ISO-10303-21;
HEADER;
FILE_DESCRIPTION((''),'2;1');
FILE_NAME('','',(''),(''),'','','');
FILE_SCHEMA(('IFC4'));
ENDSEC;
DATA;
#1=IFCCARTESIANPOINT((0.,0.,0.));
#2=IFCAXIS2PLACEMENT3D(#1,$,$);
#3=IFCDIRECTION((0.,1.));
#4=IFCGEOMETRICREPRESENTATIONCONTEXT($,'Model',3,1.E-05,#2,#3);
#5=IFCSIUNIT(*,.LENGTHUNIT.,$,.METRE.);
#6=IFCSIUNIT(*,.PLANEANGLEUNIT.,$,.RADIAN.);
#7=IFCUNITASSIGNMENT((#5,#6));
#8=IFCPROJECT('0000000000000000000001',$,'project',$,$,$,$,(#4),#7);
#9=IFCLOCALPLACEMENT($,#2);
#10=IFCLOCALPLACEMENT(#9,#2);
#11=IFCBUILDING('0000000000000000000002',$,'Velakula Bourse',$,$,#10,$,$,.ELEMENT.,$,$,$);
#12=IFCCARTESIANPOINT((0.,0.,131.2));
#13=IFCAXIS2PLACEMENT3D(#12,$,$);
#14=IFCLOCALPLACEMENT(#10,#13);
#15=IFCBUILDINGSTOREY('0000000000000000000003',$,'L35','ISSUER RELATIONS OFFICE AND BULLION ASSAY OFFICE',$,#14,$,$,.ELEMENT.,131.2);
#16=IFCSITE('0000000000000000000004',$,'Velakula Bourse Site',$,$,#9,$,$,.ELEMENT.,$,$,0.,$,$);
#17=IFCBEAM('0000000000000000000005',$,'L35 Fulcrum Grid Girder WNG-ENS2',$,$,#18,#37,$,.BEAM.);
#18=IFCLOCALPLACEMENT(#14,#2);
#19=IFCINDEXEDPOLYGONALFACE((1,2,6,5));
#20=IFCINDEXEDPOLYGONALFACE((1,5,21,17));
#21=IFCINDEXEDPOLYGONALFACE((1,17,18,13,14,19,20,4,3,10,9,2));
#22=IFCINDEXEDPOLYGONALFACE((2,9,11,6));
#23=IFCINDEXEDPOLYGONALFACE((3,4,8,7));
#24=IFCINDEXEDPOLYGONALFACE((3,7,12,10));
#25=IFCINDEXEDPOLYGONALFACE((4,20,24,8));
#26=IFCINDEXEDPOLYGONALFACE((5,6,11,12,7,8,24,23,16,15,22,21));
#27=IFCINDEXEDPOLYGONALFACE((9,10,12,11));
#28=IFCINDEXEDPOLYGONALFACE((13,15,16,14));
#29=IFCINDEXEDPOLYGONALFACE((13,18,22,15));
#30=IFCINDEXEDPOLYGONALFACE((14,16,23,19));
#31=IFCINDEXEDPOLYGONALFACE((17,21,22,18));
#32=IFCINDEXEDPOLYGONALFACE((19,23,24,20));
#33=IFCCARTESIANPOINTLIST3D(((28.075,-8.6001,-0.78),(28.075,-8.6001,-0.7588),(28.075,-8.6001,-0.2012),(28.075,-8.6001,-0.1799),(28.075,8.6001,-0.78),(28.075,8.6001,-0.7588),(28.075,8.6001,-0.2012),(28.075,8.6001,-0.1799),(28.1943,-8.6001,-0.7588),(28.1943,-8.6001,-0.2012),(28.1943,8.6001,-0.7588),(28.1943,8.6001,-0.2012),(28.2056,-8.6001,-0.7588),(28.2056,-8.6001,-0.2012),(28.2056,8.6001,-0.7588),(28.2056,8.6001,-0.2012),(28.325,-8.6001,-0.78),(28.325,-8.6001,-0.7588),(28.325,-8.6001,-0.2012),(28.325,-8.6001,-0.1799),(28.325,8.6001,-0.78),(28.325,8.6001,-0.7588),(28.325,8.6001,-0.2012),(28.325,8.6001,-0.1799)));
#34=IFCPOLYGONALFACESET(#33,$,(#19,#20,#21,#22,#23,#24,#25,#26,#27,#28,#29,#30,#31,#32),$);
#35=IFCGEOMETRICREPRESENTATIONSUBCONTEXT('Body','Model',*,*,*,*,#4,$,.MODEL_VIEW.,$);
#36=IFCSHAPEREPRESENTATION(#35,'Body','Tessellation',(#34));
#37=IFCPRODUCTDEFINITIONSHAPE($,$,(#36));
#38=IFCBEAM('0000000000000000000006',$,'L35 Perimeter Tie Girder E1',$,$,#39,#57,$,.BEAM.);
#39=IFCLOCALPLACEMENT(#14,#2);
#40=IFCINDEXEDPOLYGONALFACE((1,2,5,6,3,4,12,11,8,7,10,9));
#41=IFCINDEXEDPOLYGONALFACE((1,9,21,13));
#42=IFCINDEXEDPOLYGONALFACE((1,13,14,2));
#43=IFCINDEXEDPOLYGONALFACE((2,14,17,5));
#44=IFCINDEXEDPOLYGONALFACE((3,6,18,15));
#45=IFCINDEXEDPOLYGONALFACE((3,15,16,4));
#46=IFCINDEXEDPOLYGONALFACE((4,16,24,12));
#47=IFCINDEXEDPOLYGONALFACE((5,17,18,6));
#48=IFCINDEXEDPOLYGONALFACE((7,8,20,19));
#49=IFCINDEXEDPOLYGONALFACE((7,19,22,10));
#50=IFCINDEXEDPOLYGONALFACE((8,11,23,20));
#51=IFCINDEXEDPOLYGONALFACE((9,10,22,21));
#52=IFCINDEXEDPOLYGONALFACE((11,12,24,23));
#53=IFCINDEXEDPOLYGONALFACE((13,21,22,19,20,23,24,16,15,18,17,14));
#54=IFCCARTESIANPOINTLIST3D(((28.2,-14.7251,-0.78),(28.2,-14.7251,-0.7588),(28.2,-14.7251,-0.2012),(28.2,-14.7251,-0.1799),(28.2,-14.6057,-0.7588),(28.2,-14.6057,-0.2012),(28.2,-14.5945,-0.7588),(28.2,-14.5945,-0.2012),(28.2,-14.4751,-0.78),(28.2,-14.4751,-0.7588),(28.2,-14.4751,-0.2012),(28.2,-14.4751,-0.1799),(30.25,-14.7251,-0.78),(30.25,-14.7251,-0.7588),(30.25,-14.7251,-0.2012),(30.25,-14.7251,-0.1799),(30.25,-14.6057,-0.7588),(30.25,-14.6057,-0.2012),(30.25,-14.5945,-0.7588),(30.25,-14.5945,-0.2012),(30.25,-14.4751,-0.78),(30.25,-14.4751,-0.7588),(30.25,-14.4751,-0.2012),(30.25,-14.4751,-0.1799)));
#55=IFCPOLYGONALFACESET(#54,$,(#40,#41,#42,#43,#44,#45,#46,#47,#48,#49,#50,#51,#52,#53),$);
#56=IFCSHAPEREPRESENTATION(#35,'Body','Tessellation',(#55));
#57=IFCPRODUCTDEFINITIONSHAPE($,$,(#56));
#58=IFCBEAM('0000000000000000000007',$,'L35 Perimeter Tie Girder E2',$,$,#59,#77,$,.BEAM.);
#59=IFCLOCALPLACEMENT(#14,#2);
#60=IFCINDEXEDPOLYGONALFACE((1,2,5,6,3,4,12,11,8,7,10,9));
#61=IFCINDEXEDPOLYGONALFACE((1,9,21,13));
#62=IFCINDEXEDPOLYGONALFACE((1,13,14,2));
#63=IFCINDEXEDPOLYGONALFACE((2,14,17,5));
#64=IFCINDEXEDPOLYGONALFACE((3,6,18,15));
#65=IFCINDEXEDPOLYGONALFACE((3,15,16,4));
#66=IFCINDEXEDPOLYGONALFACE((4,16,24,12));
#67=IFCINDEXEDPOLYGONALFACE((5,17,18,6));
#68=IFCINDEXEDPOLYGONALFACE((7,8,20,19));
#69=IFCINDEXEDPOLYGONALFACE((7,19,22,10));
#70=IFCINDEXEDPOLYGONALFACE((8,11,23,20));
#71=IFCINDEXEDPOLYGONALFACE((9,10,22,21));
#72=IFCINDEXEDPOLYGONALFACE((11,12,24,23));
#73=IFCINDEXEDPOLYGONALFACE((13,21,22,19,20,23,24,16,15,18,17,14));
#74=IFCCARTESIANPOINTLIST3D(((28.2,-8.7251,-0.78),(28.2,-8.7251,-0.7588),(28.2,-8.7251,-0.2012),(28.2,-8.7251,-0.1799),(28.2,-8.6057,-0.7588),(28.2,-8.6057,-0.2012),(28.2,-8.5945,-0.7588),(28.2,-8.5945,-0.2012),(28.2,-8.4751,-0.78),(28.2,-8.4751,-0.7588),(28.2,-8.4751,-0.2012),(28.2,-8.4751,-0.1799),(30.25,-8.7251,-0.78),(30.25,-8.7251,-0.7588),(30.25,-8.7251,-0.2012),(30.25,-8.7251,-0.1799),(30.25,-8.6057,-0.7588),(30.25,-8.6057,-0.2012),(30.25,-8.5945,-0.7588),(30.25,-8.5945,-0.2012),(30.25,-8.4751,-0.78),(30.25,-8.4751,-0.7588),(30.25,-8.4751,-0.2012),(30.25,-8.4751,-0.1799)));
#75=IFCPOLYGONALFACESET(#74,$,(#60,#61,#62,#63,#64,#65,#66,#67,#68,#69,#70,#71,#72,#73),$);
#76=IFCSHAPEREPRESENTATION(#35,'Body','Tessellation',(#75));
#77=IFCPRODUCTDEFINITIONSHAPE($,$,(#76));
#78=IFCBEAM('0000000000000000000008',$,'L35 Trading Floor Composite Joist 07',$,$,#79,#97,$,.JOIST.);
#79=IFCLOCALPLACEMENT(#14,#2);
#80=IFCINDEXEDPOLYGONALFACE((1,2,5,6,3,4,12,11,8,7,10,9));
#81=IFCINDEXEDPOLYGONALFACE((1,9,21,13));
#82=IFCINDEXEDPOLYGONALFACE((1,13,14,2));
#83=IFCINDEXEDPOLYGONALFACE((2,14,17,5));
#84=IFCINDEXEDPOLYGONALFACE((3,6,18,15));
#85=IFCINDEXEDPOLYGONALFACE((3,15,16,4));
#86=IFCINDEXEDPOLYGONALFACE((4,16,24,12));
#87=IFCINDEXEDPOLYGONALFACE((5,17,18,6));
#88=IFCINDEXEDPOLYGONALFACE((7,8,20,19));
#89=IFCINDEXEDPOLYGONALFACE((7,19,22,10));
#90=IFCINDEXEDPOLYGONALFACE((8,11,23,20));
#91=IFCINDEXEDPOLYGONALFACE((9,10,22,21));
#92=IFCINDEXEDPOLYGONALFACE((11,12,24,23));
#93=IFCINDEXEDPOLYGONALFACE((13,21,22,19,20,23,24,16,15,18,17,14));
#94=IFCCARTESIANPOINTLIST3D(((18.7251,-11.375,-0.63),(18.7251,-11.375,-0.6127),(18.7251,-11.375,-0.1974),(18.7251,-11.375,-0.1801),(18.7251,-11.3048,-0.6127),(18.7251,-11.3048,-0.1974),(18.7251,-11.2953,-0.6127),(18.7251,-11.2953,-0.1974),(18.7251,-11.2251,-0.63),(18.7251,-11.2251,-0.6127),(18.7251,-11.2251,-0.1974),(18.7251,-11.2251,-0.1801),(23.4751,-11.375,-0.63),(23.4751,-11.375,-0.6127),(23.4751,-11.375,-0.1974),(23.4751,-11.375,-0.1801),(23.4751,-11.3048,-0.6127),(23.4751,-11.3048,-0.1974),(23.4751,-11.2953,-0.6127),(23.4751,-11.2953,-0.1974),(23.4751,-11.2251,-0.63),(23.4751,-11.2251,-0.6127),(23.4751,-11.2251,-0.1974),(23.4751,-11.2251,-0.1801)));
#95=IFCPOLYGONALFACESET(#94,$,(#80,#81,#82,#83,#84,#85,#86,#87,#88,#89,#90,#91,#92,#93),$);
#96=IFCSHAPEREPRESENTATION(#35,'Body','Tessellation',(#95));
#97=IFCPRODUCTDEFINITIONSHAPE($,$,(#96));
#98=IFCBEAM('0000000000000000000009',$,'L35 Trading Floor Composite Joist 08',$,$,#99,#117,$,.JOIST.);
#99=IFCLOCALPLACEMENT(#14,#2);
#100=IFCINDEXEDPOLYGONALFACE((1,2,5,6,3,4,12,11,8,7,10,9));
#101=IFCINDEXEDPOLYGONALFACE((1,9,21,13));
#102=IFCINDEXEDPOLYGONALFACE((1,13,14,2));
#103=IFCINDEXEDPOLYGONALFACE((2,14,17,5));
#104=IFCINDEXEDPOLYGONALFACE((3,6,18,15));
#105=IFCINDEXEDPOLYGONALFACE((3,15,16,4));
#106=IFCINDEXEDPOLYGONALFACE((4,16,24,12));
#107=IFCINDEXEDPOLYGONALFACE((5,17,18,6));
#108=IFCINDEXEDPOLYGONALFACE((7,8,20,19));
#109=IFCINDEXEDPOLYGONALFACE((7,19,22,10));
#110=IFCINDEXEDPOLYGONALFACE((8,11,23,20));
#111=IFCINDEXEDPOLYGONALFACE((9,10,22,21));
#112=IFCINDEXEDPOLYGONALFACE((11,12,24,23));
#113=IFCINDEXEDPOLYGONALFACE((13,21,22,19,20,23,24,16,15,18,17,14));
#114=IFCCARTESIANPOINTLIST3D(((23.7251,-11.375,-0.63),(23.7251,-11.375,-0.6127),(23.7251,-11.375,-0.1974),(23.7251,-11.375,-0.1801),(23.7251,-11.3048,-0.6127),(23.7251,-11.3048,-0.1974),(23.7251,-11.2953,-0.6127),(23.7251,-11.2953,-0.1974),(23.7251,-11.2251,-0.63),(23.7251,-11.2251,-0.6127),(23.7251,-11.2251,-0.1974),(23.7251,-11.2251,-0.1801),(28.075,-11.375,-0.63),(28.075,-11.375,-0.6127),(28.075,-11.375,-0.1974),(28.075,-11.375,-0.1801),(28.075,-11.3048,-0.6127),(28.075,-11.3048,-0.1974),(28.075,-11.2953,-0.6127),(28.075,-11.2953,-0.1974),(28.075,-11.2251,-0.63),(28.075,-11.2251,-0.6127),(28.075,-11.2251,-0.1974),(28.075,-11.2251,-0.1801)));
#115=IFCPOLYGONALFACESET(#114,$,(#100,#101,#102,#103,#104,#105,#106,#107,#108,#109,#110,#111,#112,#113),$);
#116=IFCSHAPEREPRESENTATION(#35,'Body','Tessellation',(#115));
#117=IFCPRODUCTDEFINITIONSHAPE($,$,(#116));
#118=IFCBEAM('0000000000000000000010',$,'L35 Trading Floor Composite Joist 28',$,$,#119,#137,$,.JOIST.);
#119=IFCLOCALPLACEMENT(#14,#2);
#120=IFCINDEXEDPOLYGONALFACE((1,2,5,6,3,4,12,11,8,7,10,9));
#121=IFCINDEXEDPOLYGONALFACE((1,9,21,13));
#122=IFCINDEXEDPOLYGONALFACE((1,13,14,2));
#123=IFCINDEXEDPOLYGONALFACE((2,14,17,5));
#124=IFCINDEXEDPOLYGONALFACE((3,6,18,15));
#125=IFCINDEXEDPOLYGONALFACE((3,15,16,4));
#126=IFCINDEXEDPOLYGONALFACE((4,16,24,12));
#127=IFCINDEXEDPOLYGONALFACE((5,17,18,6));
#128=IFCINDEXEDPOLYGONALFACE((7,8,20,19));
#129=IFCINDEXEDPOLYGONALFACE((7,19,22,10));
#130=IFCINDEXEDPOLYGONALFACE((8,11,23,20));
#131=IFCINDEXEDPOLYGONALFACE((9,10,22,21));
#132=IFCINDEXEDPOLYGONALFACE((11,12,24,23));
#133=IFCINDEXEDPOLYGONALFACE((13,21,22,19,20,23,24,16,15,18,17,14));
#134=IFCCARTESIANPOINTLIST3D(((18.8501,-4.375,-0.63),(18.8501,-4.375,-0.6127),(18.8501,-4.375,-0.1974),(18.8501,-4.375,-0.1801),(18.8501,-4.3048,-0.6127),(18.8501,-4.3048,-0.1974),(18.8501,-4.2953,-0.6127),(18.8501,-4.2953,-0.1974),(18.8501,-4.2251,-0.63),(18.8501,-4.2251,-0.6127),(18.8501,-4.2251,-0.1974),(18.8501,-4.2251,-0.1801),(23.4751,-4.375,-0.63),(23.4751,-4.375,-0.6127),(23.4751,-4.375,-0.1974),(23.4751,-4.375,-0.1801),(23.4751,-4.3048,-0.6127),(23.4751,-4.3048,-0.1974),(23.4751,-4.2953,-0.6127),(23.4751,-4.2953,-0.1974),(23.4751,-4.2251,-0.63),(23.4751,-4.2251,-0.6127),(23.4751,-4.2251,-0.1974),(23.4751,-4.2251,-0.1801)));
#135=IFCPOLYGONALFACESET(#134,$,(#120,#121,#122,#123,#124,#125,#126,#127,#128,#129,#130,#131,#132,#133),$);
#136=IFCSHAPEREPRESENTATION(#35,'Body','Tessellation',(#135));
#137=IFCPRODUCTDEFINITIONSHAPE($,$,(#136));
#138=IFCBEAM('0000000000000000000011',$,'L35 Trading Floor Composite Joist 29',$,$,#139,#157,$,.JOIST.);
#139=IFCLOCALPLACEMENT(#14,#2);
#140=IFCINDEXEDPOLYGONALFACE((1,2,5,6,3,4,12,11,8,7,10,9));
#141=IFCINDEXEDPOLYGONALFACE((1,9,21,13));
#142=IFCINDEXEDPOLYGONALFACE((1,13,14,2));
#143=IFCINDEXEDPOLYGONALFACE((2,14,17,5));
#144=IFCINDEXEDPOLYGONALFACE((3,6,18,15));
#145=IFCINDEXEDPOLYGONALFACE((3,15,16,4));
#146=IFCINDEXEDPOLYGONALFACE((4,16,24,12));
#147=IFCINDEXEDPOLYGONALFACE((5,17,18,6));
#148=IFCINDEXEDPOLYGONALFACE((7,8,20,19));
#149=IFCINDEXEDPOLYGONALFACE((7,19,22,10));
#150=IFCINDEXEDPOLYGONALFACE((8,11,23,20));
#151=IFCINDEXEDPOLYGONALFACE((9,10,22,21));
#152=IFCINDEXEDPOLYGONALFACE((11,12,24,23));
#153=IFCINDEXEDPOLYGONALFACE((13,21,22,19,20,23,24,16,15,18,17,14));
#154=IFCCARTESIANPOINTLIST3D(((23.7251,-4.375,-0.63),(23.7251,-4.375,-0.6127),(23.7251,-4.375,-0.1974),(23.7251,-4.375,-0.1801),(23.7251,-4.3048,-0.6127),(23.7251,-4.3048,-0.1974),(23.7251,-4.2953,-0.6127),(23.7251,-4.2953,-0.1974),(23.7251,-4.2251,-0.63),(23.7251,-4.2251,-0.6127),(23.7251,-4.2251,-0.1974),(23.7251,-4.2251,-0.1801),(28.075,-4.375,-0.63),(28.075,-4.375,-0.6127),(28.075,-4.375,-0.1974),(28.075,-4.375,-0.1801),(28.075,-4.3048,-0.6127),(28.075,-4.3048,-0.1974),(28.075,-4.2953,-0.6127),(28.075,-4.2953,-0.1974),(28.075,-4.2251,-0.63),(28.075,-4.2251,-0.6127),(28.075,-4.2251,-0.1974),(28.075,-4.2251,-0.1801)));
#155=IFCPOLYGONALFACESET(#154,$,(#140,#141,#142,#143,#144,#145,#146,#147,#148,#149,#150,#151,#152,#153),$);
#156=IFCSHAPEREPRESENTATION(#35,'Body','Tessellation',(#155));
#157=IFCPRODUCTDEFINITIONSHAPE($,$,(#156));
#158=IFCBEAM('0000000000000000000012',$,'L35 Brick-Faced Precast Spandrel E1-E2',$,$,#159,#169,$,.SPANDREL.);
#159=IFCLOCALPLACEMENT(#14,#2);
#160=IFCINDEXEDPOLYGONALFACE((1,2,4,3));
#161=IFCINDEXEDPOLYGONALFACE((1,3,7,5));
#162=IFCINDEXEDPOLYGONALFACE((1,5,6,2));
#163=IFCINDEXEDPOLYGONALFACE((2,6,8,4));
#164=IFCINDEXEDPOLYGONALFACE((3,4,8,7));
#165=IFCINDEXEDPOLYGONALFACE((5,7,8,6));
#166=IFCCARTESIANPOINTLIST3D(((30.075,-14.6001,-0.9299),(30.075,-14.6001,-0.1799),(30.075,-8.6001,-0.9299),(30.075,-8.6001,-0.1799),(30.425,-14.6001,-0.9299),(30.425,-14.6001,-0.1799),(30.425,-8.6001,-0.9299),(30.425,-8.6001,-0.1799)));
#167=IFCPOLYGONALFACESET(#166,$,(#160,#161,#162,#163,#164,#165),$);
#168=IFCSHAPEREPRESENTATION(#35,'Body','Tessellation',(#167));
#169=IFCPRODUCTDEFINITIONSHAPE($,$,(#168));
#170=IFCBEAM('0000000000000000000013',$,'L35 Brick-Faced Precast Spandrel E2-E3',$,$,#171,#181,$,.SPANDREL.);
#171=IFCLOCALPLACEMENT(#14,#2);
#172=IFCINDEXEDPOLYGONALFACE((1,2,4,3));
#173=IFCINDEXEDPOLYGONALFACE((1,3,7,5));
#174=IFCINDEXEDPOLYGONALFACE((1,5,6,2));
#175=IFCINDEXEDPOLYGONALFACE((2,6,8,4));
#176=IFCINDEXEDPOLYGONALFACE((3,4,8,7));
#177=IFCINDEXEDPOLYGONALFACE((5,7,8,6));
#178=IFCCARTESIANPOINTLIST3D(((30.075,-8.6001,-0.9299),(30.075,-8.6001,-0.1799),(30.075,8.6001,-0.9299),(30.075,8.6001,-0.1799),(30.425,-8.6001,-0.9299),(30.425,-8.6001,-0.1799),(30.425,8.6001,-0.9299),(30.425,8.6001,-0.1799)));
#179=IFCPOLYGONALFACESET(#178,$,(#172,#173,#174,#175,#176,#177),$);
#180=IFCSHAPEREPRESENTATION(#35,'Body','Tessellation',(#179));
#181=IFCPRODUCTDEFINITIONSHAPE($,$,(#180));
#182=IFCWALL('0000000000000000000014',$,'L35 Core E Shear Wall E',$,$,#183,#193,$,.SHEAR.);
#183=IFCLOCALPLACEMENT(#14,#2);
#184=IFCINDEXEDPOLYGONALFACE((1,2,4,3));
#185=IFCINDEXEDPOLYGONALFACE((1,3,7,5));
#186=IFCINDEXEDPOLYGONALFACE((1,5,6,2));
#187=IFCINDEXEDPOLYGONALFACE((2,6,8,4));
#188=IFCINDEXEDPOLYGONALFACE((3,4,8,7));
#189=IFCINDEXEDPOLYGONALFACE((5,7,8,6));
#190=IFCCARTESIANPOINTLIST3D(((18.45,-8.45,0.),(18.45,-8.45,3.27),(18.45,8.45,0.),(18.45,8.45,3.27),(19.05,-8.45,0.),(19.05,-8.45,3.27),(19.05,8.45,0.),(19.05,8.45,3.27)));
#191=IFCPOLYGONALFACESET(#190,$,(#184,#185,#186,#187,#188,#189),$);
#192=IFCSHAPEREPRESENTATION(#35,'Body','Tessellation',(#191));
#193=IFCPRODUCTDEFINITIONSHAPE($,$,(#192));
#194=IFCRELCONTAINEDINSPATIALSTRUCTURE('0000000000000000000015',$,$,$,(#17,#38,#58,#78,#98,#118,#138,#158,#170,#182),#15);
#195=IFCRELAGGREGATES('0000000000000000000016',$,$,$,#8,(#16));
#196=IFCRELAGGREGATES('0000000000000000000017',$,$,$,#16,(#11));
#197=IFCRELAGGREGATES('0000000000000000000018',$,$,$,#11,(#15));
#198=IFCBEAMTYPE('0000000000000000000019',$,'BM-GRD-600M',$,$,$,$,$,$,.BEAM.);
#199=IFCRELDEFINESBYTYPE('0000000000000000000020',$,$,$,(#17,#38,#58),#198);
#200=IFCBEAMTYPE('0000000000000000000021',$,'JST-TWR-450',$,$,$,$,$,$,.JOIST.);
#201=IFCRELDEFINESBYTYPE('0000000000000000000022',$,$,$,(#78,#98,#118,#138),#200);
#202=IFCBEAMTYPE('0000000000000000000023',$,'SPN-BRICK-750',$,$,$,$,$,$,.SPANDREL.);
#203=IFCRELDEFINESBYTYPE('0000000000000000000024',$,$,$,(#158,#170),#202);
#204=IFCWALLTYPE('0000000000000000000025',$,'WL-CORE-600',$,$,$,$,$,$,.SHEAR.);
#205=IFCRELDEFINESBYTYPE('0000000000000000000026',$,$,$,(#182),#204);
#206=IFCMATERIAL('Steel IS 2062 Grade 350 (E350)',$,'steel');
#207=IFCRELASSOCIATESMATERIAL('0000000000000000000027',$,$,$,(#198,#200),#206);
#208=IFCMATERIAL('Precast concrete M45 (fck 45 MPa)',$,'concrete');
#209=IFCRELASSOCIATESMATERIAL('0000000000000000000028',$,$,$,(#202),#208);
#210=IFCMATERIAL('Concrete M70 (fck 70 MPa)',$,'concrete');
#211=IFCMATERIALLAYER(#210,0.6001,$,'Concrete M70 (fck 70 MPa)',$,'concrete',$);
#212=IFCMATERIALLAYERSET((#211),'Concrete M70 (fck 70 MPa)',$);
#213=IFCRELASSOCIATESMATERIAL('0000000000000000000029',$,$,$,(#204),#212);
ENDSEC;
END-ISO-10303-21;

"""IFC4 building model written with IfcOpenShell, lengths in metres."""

from ifc_helpers import new_model, si_unit, direction, frame, frame_2d, origin, origin_2d, place, context, subcontext, project, spatial, rectangle, i_section, extrude, material, layer, layer_set, material_profile, profile_set, type_object, element, save


model = new_model("IFC4")

# Units and contexts
model_context = context("Model", 3, precision=1e-05, world=origin(), true_north=direction((0.0, 1.0)))
body_context = subcontext(model_context, "Body", "Model", "MODEL_VIEW")
ifc_project = project(units=[si_unit("LENGTHUNIT", "METRE"), si_unit("PLANEANGLEUNIT", "RADIAN")], contexts=[model_context])

# Site, building, storey
site_placement = place(None, origin())
site = spatial("IfcSite", under=ifc_project, at=site_placement, Name="Velakula Bourse Site", CompositionType="ELEMENT", RefElevation=0.0)
building_placement = place(site_placement, origin())
building = spatial("IfcBuilding", under=site, at=building_placement, Name="Velakula Bourse", CompositionType="ELEMENT")
storey_placement = place(building_placement, frame((0.0, 0.0, 131.2)))
storey = spatial("IfcBuildingStorey", under=building, at=storey_placement, Name="L35", Description="ISSUER RELATIONS OFFICE AND BULLION ASSAY OFFICE", CompositionType="ELEMENT", Elevation=131.2)

# Shared definitions
ifc_material_1 = material(Name="Concrete M70 (fck 70 MPa)", Category="concrete")
ifc_material_2 = material(Name="Steel IS 2062 Grade 350 (E350)", Category="steel")

# Beams
ifc_material_profile_1 = material_profile(ifc_material_2, i_section(OverallWidth=0.25, OverallDepth=0.6001, WebThickness=0.0112, FlangeThickness=0.0212, at=origin_2d()), Name="Steel IS 2062 Grade 350 (E350)")
ifc_profile_set_1 = profile_set([ifc_material_profile_1], Name="Steel IS 2062 Grade 350 (E350)")
beam_type_1 = type_object("IfcBeamType", Name="BM-GRD-600M", PredefinedType="BEAM", material=ifc_profile_set_1)
beam_1_placement = place(storey_placement, frame((28.2, -8.6001, -0.48), z_axis=(0.0, 1.0, 0.0), x_axis=(-1.0, 0.0, 0.0)))
element("IfcBeam", 1, at=beam_1_placement, inside=storey, type_object=beam_type_1, Name="L35 Fulcrum Grid Girder WNG-ENS2", PredefinedType="BEAM", context=body_context, shape_type="SweptSolid", body=[
    extrude(i_section(OverallWidth=0.25, OverallDepth=0.6001, WebThickness=0.0112, FlangeThickness=0.0212, at=origin_2d()), origin(), (0.0, 0.0, 1.0), 17.2002),
])
for number, where, z_axis, x_axis, name in (
    (2, (28.2, -14.6001, -0.48), (1.0, 0.0, 0.0), (0.0, 1.0, 0.0), "L35 Perimeter Tie Girder E1"),
    (3, (28.2, -8.6001, -0.48), (1.0, 0.0, 0.0), (0.0, 1.0, 0.0), "L35 Perimeter Tie Girder E2"),
):
    element("IfcBeam", number, at=place(storey_placement, frame(where, z_axis=z_axis, x_axis=x_axis)), inside=storey, type_object=beam_type_1, Name=name, PredefinedType="BEAM", context=body_context, shape_type="SweptSolid", body=[
        extrude(i_section(OverallWidth=0.25, OverallDepth=0.6001, WebThickness=0.0112, FlangeThickness=0.0212, at=origin_2d()), origin(), (0.0, 0.0, 1.0), 2.05),
    ])
ifc_material_profile_2 = material_profile(ifc_material_2, i_section(OverallWidth=0.1499, OverallDepth=0.45, WebThickness=0.0095, FlangeThickness=0.0173, at=origin_2d()), Name="Steel IS 2062 Grade 350 (E350)")
ifc_profile_set_2 = profile_set([ifc_material_profile_2], Name="Steel IS 2062 Grade 350 (E350)")
beam_type_2 = type_object("IfcBeamType", Name="JST-TWR-450", PredefinedType="JOIST", material=ifc_profile_set_2)
beam_2_placement = place(storey_placement, frame((18.7251, -11.3, -0.405), z_axis=(1.0, 0.0, 0.0), x_axis=(0.0, 1.0, 0.0)))
element("IfcBeam", 4, at=beam_2_placement, inside=storey, type_object=beam_type_2, Name="L35 Trading Floor Composite Joist 07", PredefinedType="JOIST", context=body_context, shape_type="SweptSolid", body=[
    extrude(i_section(OverallWidth=0.1499, OverallDepth=0.45, WebThickness=0.0095, FlangeThickness=0.0173, at=origin_2d()), origin(), (0.0, 0.0, 1.0), 4.75),
])
beam_3_placement = place(storey_placement, frame((23.7251, -11.3, -0.405), z_axis=(1.0, 0.0, 0.0), x_axis=(0.0, 1.0, 0.0)))
element("IfcBeam", 5, at=beam_3_placement, inside=storey, type_object=beam_type_2, Name="L35 Trading Floor Composite Joist 08", PredefinedType="JOIST", context=body_context, shape_type="SweptSolid", body=[
    extrude(i_section(OverallWidth=0.1499, OverallDepth=0.45, WebThickness=0.0095, FlangeThickness=0.0173, at=origin_2d()), origin(), (0.0, 0.0, 1.0), 4.3499),
])
beam_4_placement = place(storey_placement, frame((18.8501, -4.3, -0.405), z_axis=(1.0, 0.0, 0.0), x_axis=(0.0, 1.0, 0.0)))
element("IfcBeam", 6, at=beam_4_placement, inside=storey, type_object=beam_type_2, Name="L35 Trading Floor Composite Joist 28", PredefinedType="JOIST", context=body_context, shape_type="SweptSolid", body=[
    extrude(i_section(OverallWidth=0.1499, OverallDepth=0.45, WebThickness=0.0095, FlangeThickness=0.0173, at=origin_2d()), origin(), (0.0, 0.0, 1.0), 4.625),
])
beam_5_placement = place(storey_placement, frame((23.7251, -4.3, -0.405), z_axis=(1.0, 0.0, 0.0), x_axis=(0.0, 1.0, 0.0)))
element("IfcBeam", 7, at=beam_5_placement, inside=storey, type_object=beam_type_2, Name="L35 Trading Floor Composite Joist 29", PredefinedType="JOIST", context=body_context, shape_type="SweptSolid", body=[
    extrude(i_section(OverallWidth=0.1499, OverallDepth=0.45, WebThickness=0.0095, FlangeThickness=0.0173, at=origin_2d()), origin(), (0.0, 0.0, 1.0), 4.3499),
])
ifc_material_3 = material(Name="Precast concrete M45 (fck 45 MPa)", Category="concrete")
ifc_material_profile_3 = material_profile(ifc_material_3, rectangle(XDim=0.3501, YDim=0.75, at=origin_2d()), Name="Precast concrete M45 (fck 45 MPa)")
ifc_profile_set_3 = profile_set([ifc_material_profile_3], Name="Precast concrete M45 (fck 45 MPa)")
beam_type_3 = type_object("IfcBeamType", Name="SPN-BRICK-750", PredefinedType="SPANDREL", material=ifc_profile_set_3)
beam_6_placement = place(storey_placement, frame((30.25, -14.6001, -0.5549), z_axis=(0.0, 1.0, 0.0), x_axis=(-1.0, 0.0, 0.0)))
element("IfcBeam", 8, at=beam_6_placement, inside=storey, type_object=beam_type_3, Name="L35 Brick-Faced Precast Spandrel E1-E2", PredefinedType="SPANDREL", context=body_context, shape_type="SweptSolid", body=[
    extrude(rectangle(XDim=0.3501, YDim=0.75, at=origin_2d()), origin(), (0.0, 0.0, 1.0), 6.0),
])
beam_7_placement = place(storey_placement, frame((30.25, -8.6001, -0.5549), z_axis=(0.0, 1.0, 0.0), x_axis=(-1.0, 0.0, 0.0)))
element("IfcBeam", 9, at=beam_7_placement, inside=storey, type_object=beam_type_3, Name="L35 Brick-Faced Precast Spandrel E2-E3", PredefinedType="SPANDREL", context=body_context, shape_type="SweptSolid", body=[
    extrude(rectangle(XDim=0.3501, YDim=0.75, at=origin_2d()), origin(), (0.0, 0.0, 1.0), 17.2002),
])

# Wall
ifc_layer_1 = layer(ifc_material_1, 0.6001, Name="Concrete M70 (fck 70 MPa)", Category="concrete")
ifc_layer_set_1 = layer_set([ifc_layer_1], Name="Concrete M70 (fck 70 MPa)")
wall_type_1 = type_object("IfcWallType", Name="WL-CORE-600", PredefinedType="SHEAR", material=ifc_layer_set_1)
wall_1_placement = place(storey_placement, frame((18.75, -8.45, 0.0), z_axis=(0.0, 0.0, 1.0), x_axis=(0.0, 1.0, 0.0)))
element("IfcWall", 10, at=wall_1_placement, inside=storey, type_object=wall_type_1, Name="L35 Core E Shear Wall E", PredefinedType="SHEAR", context=body_context, shape_type="SweptSolid", body=[
    extrude(rectangle(XDim=16.8999, YDim=0.6001, at=frame_2d((8.45, 0.0))), origin(), (0.0, 0.0, 1.0), 3.27),
])

save(model, "model.ifc")
